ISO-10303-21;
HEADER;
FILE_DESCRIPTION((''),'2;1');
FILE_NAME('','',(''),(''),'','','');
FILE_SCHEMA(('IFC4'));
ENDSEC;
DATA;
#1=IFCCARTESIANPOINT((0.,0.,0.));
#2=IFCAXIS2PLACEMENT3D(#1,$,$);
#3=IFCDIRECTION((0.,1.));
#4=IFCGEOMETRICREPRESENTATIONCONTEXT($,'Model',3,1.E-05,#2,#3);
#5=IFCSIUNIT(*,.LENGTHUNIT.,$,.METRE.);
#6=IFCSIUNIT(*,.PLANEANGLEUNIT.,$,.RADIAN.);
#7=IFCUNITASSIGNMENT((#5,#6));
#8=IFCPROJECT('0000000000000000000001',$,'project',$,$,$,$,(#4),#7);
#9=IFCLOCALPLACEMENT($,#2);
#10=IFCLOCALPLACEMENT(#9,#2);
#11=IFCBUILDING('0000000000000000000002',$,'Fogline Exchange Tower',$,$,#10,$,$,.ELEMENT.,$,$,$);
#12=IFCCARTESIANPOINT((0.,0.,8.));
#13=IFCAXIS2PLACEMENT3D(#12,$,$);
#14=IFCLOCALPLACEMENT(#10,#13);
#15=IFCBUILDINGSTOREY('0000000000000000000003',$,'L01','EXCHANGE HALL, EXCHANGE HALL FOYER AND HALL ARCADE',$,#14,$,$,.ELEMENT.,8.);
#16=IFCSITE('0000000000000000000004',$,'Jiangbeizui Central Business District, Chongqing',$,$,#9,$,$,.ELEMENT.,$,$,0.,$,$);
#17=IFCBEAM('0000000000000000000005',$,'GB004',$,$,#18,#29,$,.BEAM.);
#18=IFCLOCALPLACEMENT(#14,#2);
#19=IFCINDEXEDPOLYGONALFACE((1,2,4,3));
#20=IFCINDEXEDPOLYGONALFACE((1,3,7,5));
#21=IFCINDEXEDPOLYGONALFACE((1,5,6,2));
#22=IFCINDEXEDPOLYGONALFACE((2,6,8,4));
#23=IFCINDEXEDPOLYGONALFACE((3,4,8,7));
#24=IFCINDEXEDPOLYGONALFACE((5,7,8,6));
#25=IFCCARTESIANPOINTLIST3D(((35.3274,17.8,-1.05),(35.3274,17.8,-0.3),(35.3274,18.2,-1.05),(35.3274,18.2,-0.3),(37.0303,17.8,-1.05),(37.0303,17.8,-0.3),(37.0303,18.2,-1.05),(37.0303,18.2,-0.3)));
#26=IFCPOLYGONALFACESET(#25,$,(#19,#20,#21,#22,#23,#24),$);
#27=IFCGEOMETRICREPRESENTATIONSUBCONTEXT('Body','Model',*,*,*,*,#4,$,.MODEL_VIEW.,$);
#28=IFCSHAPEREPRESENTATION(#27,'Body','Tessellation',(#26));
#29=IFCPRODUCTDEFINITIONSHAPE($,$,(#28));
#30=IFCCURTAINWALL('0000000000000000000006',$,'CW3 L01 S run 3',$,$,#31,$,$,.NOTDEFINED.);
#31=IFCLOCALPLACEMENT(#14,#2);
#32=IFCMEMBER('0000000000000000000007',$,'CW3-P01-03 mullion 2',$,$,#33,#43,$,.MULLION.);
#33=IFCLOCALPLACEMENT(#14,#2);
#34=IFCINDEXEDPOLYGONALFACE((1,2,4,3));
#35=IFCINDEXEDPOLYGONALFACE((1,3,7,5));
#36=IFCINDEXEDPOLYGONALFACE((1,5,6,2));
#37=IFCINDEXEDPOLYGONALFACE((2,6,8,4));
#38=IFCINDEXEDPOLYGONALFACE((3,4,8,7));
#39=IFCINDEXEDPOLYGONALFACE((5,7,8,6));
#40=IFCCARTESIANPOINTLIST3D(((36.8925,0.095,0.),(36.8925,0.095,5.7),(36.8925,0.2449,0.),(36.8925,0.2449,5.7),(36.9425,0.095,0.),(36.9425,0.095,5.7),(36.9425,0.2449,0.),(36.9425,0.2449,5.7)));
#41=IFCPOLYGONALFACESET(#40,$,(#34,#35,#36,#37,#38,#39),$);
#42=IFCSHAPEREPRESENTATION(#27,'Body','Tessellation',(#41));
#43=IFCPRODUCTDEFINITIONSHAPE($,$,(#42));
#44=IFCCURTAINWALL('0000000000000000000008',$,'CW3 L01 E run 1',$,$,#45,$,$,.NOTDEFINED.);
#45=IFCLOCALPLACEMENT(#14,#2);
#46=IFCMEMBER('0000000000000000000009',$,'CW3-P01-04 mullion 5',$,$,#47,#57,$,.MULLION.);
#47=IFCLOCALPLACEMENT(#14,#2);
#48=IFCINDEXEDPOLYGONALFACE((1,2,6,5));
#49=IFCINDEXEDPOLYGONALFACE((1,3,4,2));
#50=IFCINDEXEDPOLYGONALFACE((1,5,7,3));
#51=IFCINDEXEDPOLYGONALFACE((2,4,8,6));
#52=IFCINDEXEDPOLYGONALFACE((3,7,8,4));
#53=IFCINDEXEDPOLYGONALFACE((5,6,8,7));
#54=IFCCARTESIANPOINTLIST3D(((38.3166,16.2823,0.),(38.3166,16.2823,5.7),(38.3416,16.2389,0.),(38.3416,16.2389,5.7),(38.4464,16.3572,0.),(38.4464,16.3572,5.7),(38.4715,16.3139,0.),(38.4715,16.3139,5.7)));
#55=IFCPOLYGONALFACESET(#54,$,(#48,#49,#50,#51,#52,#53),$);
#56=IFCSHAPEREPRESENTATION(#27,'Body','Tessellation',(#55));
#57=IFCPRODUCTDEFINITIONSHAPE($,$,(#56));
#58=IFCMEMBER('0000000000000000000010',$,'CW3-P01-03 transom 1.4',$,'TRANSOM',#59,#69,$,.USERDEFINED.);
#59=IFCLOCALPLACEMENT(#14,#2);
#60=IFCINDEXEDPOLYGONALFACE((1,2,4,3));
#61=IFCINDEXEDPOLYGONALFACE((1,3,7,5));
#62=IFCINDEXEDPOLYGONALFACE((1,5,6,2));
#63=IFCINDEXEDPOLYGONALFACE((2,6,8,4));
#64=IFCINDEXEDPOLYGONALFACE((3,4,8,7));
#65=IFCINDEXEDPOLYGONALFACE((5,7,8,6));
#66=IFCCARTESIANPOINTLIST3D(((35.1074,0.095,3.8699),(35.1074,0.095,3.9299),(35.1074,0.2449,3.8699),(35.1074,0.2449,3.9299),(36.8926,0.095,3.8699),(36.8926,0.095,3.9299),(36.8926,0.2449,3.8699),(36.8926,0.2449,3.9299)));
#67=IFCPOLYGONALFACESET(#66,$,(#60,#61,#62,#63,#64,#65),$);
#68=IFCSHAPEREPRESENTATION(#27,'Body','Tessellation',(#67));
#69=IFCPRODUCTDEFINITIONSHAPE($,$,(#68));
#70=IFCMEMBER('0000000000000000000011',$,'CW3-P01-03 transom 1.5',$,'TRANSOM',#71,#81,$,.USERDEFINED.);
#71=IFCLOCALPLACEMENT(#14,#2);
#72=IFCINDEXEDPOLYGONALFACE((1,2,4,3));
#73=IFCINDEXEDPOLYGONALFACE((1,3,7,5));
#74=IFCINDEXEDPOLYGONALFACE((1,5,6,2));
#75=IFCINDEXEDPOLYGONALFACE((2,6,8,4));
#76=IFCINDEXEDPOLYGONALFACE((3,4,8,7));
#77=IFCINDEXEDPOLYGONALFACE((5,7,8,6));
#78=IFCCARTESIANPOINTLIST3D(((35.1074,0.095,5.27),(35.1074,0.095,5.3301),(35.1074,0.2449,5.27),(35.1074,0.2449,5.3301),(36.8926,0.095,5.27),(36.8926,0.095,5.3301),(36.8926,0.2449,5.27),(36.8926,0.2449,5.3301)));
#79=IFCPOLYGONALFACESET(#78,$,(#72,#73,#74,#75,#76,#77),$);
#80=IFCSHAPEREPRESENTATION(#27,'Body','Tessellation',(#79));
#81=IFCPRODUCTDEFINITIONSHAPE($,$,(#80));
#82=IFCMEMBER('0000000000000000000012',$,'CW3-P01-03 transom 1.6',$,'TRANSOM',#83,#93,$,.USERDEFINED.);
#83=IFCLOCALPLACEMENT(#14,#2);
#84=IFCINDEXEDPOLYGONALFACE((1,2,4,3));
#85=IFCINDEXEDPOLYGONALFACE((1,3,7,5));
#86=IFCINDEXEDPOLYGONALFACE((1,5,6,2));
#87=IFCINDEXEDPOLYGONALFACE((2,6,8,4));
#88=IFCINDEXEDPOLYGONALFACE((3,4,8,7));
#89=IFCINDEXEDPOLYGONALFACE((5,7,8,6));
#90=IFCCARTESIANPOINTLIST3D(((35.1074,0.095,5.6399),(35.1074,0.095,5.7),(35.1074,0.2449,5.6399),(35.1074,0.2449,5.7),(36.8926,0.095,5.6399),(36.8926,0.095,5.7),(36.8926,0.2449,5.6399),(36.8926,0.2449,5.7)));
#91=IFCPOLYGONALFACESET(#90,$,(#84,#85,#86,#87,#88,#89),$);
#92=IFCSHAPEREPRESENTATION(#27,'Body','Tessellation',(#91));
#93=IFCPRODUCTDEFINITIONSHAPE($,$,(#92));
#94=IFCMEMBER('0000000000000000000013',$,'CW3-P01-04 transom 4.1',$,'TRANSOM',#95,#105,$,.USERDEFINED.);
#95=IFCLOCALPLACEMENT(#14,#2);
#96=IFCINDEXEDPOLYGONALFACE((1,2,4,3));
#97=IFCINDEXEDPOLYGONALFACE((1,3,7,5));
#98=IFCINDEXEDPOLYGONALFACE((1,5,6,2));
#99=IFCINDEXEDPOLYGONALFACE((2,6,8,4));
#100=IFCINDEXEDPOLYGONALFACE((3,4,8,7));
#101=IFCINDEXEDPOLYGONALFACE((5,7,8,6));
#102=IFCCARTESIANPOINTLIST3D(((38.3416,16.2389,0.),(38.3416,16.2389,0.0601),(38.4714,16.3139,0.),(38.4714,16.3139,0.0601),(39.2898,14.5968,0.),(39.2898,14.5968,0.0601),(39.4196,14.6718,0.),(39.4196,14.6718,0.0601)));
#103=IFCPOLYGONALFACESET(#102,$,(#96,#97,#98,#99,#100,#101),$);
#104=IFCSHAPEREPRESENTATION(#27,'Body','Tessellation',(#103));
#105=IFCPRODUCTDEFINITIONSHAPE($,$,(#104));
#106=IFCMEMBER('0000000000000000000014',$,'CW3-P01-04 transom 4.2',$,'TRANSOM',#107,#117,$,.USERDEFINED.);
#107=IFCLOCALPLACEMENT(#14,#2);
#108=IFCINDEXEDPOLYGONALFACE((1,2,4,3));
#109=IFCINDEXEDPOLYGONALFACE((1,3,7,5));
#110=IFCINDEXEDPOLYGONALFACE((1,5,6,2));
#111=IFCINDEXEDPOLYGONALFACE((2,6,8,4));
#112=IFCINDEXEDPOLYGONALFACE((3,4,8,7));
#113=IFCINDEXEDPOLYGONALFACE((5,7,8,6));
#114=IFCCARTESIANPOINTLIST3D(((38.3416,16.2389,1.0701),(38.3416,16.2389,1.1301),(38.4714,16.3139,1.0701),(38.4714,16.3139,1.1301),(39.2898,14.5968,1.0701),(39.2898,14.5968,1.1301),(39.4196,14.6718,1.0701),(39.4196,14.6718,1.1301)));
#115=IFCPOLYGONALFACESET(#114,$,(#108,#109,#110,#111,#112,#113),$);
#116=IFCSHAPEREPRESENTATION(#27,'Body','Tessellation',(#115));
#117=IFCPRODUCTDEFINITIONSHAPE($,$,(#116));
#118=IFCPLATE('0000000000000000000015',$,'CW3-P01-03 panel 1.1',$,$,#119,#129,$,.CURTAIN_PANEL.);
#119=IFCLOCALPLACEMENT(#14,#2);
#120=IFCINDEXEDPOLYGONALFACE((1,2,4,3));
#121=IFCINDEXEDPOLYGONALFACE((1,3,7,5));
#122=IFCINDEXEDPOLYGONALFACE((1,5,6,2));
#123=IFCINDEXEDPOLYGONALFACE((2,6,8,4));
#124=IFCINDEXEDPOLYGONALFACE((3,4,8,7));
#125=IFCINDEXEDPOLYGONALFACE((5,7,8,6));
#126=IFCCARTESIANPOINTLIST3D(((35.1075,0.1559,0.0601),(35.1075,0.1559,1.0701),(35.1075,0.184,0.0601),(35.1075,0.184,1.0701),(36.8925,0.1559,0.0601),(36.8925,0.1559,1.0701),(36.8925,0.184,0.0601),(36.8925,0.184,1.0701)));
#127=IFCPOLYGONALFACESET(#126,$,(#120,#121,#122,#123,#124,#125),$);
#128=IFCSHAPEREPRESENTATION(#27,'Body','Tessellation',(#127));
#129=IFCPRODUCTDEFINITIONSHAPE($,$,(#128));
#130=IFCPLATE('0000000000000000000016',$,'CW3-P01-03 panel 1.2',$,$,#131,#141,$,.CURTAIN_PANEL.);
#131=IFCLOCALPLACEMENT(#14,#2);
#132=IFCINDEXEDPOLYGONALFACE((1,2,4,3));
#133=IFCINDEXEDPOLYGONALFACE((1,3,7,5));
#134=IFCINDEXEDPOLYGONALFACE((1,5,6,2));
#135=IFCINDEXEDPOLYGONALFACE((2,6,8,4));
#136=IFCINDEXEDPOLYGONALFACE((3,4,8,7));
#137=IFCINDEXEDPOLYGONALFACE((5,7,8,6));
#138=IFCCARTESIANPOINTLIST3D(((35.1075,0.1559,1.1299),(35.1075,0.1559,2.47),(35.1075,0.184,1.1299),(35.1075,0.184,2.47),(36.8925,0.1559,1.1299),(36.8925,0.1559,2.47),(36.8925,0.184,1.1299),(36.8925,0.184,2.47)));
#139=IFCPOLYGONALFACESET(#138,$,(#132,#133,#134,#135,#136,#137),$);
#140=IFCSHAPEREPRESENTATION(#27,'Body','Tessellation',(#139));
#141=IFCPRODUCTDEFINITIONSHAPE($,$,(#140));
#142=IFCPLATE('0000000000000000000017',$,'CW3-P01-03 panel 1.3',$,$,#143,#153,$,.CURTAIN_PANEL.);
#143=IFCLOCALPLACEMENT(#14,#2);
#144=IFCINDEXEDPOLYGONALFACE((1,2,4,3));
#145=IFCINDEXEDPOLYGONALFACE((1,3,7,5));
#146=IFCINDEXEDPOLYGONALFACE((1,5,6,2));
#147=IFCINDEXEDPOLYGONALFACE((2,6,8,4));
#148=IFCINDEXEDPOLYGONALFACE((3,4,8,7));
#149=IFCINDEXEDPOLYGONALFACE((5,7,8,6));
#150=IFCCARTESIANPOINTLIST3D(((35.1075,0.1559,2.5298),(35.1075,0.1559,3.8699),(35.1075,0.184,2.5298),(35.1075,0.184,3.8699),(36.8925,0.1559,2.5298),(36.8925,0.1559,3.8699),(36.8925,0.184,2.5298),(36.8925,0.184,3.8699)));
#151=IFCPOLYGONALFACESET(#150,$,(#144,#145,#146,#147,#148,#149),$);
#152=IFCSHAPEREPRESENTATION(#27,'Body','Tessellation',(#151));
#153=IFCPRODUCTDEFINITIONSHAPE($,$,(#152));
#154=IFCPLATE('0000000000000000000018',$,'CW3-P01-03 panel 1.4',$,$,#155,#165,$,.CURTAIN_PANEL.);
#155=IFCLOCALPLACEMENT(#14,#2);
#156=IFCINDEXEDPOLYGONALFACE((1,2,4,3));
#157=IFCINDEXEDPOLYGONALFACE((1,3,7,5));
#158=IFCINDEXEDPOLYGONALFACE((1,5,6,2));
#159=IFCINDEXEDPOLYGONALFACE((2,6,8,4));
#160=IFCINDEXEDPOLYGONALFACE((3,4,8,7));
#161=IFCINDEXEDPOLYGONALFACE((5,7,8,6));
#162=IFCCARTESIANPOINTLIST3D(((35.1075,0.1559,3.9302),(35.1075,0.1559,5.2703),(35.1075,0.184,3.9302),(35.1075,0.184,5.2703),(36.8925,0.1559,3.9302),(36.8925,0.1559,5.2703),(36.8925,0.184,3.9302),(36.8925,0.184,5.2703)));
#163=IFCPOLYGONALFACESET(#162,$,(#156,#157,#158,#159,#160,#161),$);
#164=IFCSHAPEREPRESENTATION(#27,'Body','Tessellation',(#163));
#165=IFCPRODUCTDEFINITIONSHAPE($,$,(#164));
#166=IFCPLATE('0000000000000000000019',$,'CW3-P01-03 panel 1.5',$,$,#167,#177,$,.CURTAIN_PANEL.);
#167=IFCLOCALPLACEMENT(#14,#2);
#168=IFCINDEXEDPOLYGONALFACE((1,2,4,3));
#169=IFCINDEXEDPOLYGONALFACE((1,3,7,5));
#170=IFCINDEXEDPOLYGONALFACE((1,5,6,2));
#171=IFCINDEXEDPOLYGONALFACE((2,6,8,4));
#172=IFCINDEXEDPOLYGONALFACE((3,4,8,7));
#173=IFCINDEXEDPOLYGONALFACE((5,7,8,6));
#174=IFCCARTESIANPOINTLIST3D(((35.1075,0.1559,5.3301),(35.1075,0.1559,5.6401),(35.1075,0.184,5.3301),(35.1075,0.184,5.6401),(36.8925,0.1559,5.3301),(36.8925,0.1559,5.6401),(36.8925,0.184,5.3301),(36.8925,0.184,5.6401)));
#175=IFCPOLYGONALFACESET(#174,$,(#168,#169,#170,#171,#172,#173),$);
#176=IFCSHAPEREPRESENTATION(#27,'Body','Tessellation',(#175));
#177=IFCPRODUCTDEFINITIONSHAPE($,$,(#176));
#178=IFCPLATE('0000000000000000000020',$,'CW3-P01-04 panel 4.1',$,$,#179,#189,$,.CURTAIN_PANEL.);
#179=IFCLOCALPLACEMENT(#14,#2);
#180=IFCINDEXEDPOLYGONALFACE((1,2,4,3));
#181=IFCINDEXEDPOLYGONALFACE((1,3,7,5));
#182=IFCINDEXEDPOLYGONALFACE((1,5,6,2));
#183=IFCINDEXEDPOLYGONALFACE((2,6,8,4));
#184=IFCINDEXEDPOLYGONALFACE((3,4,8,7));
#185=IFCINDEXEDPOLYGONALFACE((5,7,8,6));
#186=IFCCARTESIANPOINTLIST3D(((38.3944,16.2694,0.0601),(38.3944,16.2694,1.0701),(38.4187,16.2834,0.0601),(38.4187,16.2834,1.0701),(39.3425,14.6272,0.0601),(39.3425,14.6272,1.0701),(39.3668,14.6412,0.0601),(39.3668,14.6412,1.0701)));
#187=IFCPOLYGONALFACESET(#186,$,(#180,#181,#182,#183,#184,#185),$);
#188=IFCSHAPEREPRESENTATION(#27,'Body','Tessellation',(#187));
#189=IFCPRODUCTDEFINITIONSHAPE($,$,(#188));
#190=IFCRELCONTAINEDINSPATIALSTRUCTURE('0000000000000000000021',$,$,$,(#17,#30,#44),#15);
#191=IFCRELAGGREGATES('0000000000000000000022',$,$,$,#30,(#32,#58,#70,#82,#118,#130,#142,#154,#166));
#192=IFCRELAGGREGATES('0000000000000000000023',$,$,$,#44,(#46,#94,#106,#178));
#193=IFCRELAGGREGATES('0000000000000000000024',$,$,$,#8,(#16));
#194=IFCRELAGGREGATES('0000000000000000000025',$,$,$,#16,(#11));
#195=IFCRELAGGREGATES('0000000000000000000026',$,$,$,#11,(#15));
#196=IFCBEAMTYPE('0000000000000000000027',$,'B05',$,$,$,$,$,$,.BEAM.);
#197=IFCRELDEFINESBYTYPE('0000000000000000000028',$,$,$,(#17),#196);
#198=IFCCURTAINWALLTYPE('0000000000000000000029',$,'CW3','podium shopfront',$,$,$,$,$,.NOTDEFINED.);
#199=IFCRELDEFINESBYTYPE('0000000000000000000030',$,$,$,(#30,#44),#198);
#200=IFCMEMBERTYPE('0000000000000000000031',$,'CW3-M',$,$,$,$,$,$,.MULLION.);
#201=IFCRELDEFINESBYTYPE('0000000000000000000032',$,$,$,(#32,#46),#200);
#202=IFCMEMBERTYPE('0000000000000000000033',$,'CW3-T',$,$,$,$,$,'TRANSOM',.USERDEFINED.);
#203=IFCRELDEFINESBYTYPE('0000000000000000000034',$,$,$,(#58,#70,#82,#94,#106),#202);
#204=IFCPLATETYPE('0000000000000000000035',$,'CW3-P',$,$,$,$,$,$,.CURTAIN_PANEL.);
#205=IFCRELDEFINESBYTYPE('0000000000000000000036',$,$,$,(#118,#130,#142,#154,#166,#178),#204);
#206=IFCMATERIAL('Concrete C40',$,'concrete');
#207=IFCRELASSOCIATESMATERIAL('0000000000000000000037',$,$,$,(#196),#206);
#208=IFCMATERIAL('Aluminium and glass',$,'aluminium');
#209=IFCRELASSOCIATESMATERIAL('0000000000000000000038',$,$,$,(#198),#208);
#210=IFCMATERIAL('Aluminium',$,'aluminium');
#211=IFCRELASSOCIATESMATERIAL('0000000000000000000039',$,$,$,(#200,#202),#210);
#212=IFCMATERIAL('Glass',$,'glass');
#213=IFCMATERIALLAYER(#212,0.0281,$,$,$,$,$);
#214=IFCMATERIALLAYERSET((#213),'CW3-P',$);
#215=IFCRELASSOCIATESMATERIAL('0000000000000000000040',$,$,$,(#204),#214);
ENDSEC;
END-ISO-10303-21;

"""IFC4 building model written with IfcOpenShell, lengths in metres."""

from ifc_helpers import new_model, si_unit, direction, frame, origin, origin_2d, place, context, subcontext, project, spatial, rectangle, extrude, material, layer, layer_set, material_profile, profile_set, type_object, element, aggregate, save


model = new_model("IFC4")

# Units and contexts
model_context = context("Model", 3, precision=1e-05, world=origin(), true_north=direction((0.0, 1.0)))
body_context = subcontext(model_context, "Body", "Model", "MODEL_VIEW")
ifc_project = project(units=[si_unit("LENGTHUNIT", "METRE"), si_unit("PLANEANGLEUNIT", "RADIAN")], contexts=[model_context])

# Site, building, storey
site_placement = place(None, origin())
site = spatial("IfcSite", under=ifc_project, at=site_placement, Name="Jiangbeizui Central Business District, Chongqing", CompositionType="ELEMENT", RefElevation=0.0)
building_placement = place(site_placement, origin())
building = spatial("IfcBuilding", under=site, at=building_placement, Name="Fogline Exchange Tower", CompositionType="ELEMENT")
storey_placement = place(building_placement, frame((0.0, 0.0, 8.0)))
storey = spatial("IfcBuildingStorey", under=building, at=storey_placement, Name="L01", Description="EXCHANGE HALL, EXCHANGE HALL FOYER AND HALL ARCADE", CompositionType="ELEMENT", Elevation=8.0)

# Beam
ifc_material_1 = material(Name="Concrete C40", Category="concrete")
ifc_material_profile_1 = material_profile(ifc_material_1, rectangle(XDim=0.3999, YDim=0.75, at=origin_2d()), Name="RC 400x750")
ifc_profile_set_1 = profile_set([ifc_material_profile_1], Name="Concrete C40")
beam_type = type_object("IfcBeamType", Name="B05", PredefinedType="BEAM", material=ifc_profile_set_1)
beam_placement = place(storey_placement, frame((35.3274, 18.0, -0.675), z_axis=(1.0, 0.0, 0.0), x_axis=(0.0, 1.0, 0.0)))
element("IfcBeam", 1, at=beam_placement, inside=storey, type_object=beam_type, Name="GB004", PredefinedType="BEAM", context=body_context, shape_type="SweptSolid", body=[
    extrude(rectangle(XDim=0.3999, YDim=0.75, at=origin_2d()), origin(), (0.0, 0.0, 1.0), 1.7029),
])

# Curtain walls, members
ifc_material_2 = material(Name="Aluminium and glass", Category="aluminium")
curtain_wall_type = type_object("IfcCurtainWallType", Name="CW3", Description="podium shopfront", PredefinedType="NOTDEFINED", material=ifc_material_2)
curtain_wall_1_placement = place(storey_placement, origin())
curtain_wall_1 = element("IfcCurtainWall", 2, at=curtain_wall_1_placement, inside=storey, type_object=curtain_wall_type, Name="CW3 L01 S run 3", PredefinedType="NOTDEFINED")
ifc_material_3 = material(Name="Aluminium", Category="aluminium")
ifc_material_profile_2 = material_profile(ifc_material_3, rectangle(XDim=0.1499, YDim=0.05, at=origin_2d()), Name="Mullion 50x150")
ifc_profile_set_2 = profile_set([ifc_material_profile_2], Name="Aluminium")
member_type_1 = type_object("IfcMemberType", Name="CW3-M", PredefinedType="MULLION", material=ifc_profile_set_2)
member_1_placement = place(storey_placement, frame((36.9175, 0.1699, 0.0), z_axis=(0.0, 0.0, 1.0), x_axis=(0.0, 1.0, 0.0)))
member_1 = element("IfcMember", 3, at=member_1_placement, type_object=member_type_1, Name="CW3-P01-03 mullion 2", PredefinedType="MULLION", context=body_context, shape_type="SweptSolid", body=[
    extrude(rectangle(XDim=0.1499, YDim=0.05, at=origin_2d()), origin(), (0.0, 0.0, 1.0), 5.7),
])
curtain_wall_2_placement = place(storey_placement, origin())
curtain_wall_2 = element("IfcCurtainWall", 4, at=curtain_wall_2_placement, inside=storey, type_object=curtain_wall_type, Name="CW3 L01 E run 1", PredefinedType="NOTDEFINED")
member_2_placement = place(storey_placement, frame((38.394, 16.2981, 0.0), z_axis=(0.0, 0.0, 1.0), x_axis=(-0.866025, -0.5, 0.0)))
member_2 = element("IfcMember", 5, at=member_2_placement, type_object=member_type_1, Name="CW3-P01-04 mullion 5", PredefinedType="MULLION", context=body_context, shape_type="SweptSolid", body=[
    extrude(rectangle(XDim=0.1499, YDim=0.05, at=origin_2d()), origin(), (0.0, 0.0, 1.0), 5.7),
])

# Members
ifc_material_profile_3 = material_profile(ifc_material_3, rectangle(XDim=0.1499, YDim=0.0601, at=origin_2d()), Name="Transom 60x150")
ifc_profile_set_3 = profile_set([ifc_material_profile_3], Name="Aluminium")
member_type_2 = type_object("IfcMemberType", Name="CW3-T", ElementType="TRANSOM", PredefinedType="USERDEFINED", material=ifc_profile_set_3)
member_3_placement = place(storey_placement, frame((35.1074, 0.1699, 3.8999), z_axis=(1.0, 0.0, 0.0), x_axis=(0.0, 1.0, 0.0)))
member_3 = element("IfcMember", 6, at=member_3_placement, type_object=member_type_2, Name="CW3-P01-03 transom 1.4", ObjectType="TRANSOM", PredefinedType="USERDEFINED", context=body_context, shape_type="SweptSolid", body=[
    extrude(rectangle(XDim=0.1499, YDim=0.0601, at=origin_2d()), origin(), (0.0, 0.0, 1.0), 1.7852),
])
member_4_placement = place(storey_placement, frame((35.1074, 0.1699, 5.3), z_axis=(1.0, 0.0, 0.0), x_axis=(0.0, 1.0, 0.0)))
member_4 = element("IfcMember", 7, at=member_4_placement, type_object=member_type_2, Name="CW3-P01-03 transom 1.5", ObjectType="TRANSOM", PredefinedType="USERDEFINED", context=body_context, shape_type="SweptSolid", body=[
    extrude(rectangle(XDim=0.1499, YDim=0.0601, at=origin_2d()), origin(), (0.0, 0.0, 1.0), 1.7852),
])
member_5_placement = place(storey_placement, frame((35.1074, 0.1699, 5.6699), z_axis=(1.0, 0.0, 0.0), x_axis=(0.0, 1.0, 0.0)))
member_5 = element("IfcMember", 8, at=member_5_placement, type_object=member_type_2, Name="CW3-P01-03 transom 1.6", ObjectType="TRANSOM", PredefinedType="USERDEFINED", context=body_context, shape_type="SweptSolid", body=[
    extrude(rectangle(XDim=0.1499, YDim=0.0601, at=origin_2d()), origin(), (0.0, 0.0, 1.0), 1.7852),
])
member_6_placement = place(storey_placement, frame((39.3547, 14.6343, 0.03), z_axis=(-0.500072, 0.865984, 0.0), x_axis=(-0.865984, -0.500072, 0.0)))
member_6 = element("IfcMember", 9, at=member_6_placement, type_object=member_type_2, Name="CW3-P01-04 transom 4.1", ObjectType="TRANSOM", PredefinedType="USERDEFINED", context=body_context, shape_type="SweptSolid", body=[
    extrude(rectangle(XDim=0.1499, YDim=0.0601, at=origin_2d()), origin(), (0.0, 0.0, 1.0), 1.8962),
])
member_7_placement = place(storey_placement, frame((39.3547, 14.6343, 1.1001), z_axis=(-0.500072, 0.865984, 0.0), x_axis=(-0.865984, -0.500072, 0.0)))
member_7 = element("IfcMember", 10, at=member_7_placement, type_object=member_type_2, Name="CW3-P01-04 transom 4.2", ObjectType="TRANSOM", PredefinedType="USERDEFINED", context=body_context, shape_type="SweptSolid", body=[
    extrude(rectangle(XDim=0.1499, YDim=0.0601, at=origin_2d()), origin(), (0.0, 0.0, 1.0), 1.8962),
])

# Plates
ifc_material_4 = material(Name="Glass", Category="glass")
ifc_layer_1 = layer(ifc_material_4, 0.0281)
ifc_layer_set_1 = layer_set([ifc_layer_1], Name="CW3-P")
plate_type = type_object("IfcPlateType", Name="CW3-P", PredefinedType="CURTAIN_PANEL", material=ifc_layer_set_1)
plate_1_placement = place(storey_placement, frame((36.0, 0.1699, 0.0601), z_axis=(0.0, 0.0, 1.0), x_axis=(1.0, 0.0, 0.0)))
plate_1 = element("IfcPlate", 11, at=plate_1_placement, type_object=plate_type, Name="CW3-P01-03 panel 1.1", PredefinedType="CURTAIN_PANEL", context=body_context, shape_type="SweptSolid", body=[
    extrude(rectangle(XDim=1.7849, YDim=0.0281, at=origin_2d()), origin(), (0.0, 0.0, 1.0), 1.01),
])
plate_2_placement = place(storey_placement, frame((36.0, 0.1699, 1.1299), z_axis=(0.0, 0.0, 1.0), x_axis=(1.0, 0.0, 0.0)))
plate_2 = element("IfcPlate", 12, at=plate_2_placement, type_object=plate_type, Name="CW3-P01-03 panel 1.2", PredefinedType="CURTAIN_PANEL", context=body_context, shape_type="SweptSolid", body=[
    extrude(rectangle(XDim=1.7849, YDim=0.0281, at=origin_2d()), origin(), (0.0, 0.0, 1.0), 1.3401),
])
plate_3_placement = place(storey_placement, frame((36.0, 0.1699, 2.5298), z_axis=(0.0, 0.0, 1.0), x_axis=(1.0, 0.0, 0.0)))
plate_3 = element("IfcPlate", 13, at=plate_3_placement, type_object=plate_type, Name="CW3-P01-03 panel 1.3", PredefinedType="CURTAIN_PANEL", context=body_context, shape_type="SweptSolid", body=[
    extrude(rectangle(XDim=1.7849, YDim=0.0281, at=origin_2d()), origin(), (0.0, 0.0, 1.0), 1.3401),
])
plate_4_placement = place(storey_placement, frame((36.0, 0.1699, 3.9302), z_axis=(0.0, 0.0, 1.0), x_axis=(1.0, 0.0, 0.0)))
plate_4 = element("IfcPlate", 14, at=plate_4_placement, type_object=plate_type, Name="CW3-P01-03 panel 1.4", PredefinedType="CURTAIN_PANEL", context=body_context, shape_type="SweptSolid", body=[
    extrude(rectangle(XDim=1.7849, YDim=0.0281, at=origin_2d()), origin(), (0.0, 0.0, 1.0), 1.3401),
])
plate_5_placement = place(storey_placement, frame((36.0, 0.1699, 5.3301), z_axis=(0.0, 0.0, 1.0), x_axis=(1.0, 0.0, 0.0)))
plate_5 = element("IfcPlate", 15, at=plate_5_placement, type_object=plate_type, Name="CW3-P01-03 panel 1.5", PredefinedType="CURTAIN_PANEL", context=body_context, shape_type="SweptSolid", body=[
    extrude(rectangle(XDim=1.7849, YDim=0.0281, at=origin_2d()), origin(), (0.0, 0.0, 1.0), 0.3101),
])
aggregate(curtain_wall_1, [member_1, member_3, member_4, member_5, plate_1, plate_2, plate_3, plate_4, plate_5])
plate_6_placement = place(storey_placement, frame((38.8806, 15.4553, 0.0601), z_axis=(0.0, 0.0, 1.0), x_axis=(-0.5, 0.866025, 0.0)))
plate_6 = element("IfcPlate", 16, at=plate_6_placement, type_object=plate_type, Name="CW3-P01-04 panel 4.1", PredefinedType="CURTAIN_PANEL", context=body_context, shape_type="SweptSolid", body=[
    extrude(rectangle(XDim=1.8962, YDim=0.0281, at=origin_2d()), origin(), (0.0, 0.0, 1.0), 1.01),
])
aggregate(curtain_wall_2, [member_2, member_6, member_7, plate_6])

save(model, "model.ifc")
